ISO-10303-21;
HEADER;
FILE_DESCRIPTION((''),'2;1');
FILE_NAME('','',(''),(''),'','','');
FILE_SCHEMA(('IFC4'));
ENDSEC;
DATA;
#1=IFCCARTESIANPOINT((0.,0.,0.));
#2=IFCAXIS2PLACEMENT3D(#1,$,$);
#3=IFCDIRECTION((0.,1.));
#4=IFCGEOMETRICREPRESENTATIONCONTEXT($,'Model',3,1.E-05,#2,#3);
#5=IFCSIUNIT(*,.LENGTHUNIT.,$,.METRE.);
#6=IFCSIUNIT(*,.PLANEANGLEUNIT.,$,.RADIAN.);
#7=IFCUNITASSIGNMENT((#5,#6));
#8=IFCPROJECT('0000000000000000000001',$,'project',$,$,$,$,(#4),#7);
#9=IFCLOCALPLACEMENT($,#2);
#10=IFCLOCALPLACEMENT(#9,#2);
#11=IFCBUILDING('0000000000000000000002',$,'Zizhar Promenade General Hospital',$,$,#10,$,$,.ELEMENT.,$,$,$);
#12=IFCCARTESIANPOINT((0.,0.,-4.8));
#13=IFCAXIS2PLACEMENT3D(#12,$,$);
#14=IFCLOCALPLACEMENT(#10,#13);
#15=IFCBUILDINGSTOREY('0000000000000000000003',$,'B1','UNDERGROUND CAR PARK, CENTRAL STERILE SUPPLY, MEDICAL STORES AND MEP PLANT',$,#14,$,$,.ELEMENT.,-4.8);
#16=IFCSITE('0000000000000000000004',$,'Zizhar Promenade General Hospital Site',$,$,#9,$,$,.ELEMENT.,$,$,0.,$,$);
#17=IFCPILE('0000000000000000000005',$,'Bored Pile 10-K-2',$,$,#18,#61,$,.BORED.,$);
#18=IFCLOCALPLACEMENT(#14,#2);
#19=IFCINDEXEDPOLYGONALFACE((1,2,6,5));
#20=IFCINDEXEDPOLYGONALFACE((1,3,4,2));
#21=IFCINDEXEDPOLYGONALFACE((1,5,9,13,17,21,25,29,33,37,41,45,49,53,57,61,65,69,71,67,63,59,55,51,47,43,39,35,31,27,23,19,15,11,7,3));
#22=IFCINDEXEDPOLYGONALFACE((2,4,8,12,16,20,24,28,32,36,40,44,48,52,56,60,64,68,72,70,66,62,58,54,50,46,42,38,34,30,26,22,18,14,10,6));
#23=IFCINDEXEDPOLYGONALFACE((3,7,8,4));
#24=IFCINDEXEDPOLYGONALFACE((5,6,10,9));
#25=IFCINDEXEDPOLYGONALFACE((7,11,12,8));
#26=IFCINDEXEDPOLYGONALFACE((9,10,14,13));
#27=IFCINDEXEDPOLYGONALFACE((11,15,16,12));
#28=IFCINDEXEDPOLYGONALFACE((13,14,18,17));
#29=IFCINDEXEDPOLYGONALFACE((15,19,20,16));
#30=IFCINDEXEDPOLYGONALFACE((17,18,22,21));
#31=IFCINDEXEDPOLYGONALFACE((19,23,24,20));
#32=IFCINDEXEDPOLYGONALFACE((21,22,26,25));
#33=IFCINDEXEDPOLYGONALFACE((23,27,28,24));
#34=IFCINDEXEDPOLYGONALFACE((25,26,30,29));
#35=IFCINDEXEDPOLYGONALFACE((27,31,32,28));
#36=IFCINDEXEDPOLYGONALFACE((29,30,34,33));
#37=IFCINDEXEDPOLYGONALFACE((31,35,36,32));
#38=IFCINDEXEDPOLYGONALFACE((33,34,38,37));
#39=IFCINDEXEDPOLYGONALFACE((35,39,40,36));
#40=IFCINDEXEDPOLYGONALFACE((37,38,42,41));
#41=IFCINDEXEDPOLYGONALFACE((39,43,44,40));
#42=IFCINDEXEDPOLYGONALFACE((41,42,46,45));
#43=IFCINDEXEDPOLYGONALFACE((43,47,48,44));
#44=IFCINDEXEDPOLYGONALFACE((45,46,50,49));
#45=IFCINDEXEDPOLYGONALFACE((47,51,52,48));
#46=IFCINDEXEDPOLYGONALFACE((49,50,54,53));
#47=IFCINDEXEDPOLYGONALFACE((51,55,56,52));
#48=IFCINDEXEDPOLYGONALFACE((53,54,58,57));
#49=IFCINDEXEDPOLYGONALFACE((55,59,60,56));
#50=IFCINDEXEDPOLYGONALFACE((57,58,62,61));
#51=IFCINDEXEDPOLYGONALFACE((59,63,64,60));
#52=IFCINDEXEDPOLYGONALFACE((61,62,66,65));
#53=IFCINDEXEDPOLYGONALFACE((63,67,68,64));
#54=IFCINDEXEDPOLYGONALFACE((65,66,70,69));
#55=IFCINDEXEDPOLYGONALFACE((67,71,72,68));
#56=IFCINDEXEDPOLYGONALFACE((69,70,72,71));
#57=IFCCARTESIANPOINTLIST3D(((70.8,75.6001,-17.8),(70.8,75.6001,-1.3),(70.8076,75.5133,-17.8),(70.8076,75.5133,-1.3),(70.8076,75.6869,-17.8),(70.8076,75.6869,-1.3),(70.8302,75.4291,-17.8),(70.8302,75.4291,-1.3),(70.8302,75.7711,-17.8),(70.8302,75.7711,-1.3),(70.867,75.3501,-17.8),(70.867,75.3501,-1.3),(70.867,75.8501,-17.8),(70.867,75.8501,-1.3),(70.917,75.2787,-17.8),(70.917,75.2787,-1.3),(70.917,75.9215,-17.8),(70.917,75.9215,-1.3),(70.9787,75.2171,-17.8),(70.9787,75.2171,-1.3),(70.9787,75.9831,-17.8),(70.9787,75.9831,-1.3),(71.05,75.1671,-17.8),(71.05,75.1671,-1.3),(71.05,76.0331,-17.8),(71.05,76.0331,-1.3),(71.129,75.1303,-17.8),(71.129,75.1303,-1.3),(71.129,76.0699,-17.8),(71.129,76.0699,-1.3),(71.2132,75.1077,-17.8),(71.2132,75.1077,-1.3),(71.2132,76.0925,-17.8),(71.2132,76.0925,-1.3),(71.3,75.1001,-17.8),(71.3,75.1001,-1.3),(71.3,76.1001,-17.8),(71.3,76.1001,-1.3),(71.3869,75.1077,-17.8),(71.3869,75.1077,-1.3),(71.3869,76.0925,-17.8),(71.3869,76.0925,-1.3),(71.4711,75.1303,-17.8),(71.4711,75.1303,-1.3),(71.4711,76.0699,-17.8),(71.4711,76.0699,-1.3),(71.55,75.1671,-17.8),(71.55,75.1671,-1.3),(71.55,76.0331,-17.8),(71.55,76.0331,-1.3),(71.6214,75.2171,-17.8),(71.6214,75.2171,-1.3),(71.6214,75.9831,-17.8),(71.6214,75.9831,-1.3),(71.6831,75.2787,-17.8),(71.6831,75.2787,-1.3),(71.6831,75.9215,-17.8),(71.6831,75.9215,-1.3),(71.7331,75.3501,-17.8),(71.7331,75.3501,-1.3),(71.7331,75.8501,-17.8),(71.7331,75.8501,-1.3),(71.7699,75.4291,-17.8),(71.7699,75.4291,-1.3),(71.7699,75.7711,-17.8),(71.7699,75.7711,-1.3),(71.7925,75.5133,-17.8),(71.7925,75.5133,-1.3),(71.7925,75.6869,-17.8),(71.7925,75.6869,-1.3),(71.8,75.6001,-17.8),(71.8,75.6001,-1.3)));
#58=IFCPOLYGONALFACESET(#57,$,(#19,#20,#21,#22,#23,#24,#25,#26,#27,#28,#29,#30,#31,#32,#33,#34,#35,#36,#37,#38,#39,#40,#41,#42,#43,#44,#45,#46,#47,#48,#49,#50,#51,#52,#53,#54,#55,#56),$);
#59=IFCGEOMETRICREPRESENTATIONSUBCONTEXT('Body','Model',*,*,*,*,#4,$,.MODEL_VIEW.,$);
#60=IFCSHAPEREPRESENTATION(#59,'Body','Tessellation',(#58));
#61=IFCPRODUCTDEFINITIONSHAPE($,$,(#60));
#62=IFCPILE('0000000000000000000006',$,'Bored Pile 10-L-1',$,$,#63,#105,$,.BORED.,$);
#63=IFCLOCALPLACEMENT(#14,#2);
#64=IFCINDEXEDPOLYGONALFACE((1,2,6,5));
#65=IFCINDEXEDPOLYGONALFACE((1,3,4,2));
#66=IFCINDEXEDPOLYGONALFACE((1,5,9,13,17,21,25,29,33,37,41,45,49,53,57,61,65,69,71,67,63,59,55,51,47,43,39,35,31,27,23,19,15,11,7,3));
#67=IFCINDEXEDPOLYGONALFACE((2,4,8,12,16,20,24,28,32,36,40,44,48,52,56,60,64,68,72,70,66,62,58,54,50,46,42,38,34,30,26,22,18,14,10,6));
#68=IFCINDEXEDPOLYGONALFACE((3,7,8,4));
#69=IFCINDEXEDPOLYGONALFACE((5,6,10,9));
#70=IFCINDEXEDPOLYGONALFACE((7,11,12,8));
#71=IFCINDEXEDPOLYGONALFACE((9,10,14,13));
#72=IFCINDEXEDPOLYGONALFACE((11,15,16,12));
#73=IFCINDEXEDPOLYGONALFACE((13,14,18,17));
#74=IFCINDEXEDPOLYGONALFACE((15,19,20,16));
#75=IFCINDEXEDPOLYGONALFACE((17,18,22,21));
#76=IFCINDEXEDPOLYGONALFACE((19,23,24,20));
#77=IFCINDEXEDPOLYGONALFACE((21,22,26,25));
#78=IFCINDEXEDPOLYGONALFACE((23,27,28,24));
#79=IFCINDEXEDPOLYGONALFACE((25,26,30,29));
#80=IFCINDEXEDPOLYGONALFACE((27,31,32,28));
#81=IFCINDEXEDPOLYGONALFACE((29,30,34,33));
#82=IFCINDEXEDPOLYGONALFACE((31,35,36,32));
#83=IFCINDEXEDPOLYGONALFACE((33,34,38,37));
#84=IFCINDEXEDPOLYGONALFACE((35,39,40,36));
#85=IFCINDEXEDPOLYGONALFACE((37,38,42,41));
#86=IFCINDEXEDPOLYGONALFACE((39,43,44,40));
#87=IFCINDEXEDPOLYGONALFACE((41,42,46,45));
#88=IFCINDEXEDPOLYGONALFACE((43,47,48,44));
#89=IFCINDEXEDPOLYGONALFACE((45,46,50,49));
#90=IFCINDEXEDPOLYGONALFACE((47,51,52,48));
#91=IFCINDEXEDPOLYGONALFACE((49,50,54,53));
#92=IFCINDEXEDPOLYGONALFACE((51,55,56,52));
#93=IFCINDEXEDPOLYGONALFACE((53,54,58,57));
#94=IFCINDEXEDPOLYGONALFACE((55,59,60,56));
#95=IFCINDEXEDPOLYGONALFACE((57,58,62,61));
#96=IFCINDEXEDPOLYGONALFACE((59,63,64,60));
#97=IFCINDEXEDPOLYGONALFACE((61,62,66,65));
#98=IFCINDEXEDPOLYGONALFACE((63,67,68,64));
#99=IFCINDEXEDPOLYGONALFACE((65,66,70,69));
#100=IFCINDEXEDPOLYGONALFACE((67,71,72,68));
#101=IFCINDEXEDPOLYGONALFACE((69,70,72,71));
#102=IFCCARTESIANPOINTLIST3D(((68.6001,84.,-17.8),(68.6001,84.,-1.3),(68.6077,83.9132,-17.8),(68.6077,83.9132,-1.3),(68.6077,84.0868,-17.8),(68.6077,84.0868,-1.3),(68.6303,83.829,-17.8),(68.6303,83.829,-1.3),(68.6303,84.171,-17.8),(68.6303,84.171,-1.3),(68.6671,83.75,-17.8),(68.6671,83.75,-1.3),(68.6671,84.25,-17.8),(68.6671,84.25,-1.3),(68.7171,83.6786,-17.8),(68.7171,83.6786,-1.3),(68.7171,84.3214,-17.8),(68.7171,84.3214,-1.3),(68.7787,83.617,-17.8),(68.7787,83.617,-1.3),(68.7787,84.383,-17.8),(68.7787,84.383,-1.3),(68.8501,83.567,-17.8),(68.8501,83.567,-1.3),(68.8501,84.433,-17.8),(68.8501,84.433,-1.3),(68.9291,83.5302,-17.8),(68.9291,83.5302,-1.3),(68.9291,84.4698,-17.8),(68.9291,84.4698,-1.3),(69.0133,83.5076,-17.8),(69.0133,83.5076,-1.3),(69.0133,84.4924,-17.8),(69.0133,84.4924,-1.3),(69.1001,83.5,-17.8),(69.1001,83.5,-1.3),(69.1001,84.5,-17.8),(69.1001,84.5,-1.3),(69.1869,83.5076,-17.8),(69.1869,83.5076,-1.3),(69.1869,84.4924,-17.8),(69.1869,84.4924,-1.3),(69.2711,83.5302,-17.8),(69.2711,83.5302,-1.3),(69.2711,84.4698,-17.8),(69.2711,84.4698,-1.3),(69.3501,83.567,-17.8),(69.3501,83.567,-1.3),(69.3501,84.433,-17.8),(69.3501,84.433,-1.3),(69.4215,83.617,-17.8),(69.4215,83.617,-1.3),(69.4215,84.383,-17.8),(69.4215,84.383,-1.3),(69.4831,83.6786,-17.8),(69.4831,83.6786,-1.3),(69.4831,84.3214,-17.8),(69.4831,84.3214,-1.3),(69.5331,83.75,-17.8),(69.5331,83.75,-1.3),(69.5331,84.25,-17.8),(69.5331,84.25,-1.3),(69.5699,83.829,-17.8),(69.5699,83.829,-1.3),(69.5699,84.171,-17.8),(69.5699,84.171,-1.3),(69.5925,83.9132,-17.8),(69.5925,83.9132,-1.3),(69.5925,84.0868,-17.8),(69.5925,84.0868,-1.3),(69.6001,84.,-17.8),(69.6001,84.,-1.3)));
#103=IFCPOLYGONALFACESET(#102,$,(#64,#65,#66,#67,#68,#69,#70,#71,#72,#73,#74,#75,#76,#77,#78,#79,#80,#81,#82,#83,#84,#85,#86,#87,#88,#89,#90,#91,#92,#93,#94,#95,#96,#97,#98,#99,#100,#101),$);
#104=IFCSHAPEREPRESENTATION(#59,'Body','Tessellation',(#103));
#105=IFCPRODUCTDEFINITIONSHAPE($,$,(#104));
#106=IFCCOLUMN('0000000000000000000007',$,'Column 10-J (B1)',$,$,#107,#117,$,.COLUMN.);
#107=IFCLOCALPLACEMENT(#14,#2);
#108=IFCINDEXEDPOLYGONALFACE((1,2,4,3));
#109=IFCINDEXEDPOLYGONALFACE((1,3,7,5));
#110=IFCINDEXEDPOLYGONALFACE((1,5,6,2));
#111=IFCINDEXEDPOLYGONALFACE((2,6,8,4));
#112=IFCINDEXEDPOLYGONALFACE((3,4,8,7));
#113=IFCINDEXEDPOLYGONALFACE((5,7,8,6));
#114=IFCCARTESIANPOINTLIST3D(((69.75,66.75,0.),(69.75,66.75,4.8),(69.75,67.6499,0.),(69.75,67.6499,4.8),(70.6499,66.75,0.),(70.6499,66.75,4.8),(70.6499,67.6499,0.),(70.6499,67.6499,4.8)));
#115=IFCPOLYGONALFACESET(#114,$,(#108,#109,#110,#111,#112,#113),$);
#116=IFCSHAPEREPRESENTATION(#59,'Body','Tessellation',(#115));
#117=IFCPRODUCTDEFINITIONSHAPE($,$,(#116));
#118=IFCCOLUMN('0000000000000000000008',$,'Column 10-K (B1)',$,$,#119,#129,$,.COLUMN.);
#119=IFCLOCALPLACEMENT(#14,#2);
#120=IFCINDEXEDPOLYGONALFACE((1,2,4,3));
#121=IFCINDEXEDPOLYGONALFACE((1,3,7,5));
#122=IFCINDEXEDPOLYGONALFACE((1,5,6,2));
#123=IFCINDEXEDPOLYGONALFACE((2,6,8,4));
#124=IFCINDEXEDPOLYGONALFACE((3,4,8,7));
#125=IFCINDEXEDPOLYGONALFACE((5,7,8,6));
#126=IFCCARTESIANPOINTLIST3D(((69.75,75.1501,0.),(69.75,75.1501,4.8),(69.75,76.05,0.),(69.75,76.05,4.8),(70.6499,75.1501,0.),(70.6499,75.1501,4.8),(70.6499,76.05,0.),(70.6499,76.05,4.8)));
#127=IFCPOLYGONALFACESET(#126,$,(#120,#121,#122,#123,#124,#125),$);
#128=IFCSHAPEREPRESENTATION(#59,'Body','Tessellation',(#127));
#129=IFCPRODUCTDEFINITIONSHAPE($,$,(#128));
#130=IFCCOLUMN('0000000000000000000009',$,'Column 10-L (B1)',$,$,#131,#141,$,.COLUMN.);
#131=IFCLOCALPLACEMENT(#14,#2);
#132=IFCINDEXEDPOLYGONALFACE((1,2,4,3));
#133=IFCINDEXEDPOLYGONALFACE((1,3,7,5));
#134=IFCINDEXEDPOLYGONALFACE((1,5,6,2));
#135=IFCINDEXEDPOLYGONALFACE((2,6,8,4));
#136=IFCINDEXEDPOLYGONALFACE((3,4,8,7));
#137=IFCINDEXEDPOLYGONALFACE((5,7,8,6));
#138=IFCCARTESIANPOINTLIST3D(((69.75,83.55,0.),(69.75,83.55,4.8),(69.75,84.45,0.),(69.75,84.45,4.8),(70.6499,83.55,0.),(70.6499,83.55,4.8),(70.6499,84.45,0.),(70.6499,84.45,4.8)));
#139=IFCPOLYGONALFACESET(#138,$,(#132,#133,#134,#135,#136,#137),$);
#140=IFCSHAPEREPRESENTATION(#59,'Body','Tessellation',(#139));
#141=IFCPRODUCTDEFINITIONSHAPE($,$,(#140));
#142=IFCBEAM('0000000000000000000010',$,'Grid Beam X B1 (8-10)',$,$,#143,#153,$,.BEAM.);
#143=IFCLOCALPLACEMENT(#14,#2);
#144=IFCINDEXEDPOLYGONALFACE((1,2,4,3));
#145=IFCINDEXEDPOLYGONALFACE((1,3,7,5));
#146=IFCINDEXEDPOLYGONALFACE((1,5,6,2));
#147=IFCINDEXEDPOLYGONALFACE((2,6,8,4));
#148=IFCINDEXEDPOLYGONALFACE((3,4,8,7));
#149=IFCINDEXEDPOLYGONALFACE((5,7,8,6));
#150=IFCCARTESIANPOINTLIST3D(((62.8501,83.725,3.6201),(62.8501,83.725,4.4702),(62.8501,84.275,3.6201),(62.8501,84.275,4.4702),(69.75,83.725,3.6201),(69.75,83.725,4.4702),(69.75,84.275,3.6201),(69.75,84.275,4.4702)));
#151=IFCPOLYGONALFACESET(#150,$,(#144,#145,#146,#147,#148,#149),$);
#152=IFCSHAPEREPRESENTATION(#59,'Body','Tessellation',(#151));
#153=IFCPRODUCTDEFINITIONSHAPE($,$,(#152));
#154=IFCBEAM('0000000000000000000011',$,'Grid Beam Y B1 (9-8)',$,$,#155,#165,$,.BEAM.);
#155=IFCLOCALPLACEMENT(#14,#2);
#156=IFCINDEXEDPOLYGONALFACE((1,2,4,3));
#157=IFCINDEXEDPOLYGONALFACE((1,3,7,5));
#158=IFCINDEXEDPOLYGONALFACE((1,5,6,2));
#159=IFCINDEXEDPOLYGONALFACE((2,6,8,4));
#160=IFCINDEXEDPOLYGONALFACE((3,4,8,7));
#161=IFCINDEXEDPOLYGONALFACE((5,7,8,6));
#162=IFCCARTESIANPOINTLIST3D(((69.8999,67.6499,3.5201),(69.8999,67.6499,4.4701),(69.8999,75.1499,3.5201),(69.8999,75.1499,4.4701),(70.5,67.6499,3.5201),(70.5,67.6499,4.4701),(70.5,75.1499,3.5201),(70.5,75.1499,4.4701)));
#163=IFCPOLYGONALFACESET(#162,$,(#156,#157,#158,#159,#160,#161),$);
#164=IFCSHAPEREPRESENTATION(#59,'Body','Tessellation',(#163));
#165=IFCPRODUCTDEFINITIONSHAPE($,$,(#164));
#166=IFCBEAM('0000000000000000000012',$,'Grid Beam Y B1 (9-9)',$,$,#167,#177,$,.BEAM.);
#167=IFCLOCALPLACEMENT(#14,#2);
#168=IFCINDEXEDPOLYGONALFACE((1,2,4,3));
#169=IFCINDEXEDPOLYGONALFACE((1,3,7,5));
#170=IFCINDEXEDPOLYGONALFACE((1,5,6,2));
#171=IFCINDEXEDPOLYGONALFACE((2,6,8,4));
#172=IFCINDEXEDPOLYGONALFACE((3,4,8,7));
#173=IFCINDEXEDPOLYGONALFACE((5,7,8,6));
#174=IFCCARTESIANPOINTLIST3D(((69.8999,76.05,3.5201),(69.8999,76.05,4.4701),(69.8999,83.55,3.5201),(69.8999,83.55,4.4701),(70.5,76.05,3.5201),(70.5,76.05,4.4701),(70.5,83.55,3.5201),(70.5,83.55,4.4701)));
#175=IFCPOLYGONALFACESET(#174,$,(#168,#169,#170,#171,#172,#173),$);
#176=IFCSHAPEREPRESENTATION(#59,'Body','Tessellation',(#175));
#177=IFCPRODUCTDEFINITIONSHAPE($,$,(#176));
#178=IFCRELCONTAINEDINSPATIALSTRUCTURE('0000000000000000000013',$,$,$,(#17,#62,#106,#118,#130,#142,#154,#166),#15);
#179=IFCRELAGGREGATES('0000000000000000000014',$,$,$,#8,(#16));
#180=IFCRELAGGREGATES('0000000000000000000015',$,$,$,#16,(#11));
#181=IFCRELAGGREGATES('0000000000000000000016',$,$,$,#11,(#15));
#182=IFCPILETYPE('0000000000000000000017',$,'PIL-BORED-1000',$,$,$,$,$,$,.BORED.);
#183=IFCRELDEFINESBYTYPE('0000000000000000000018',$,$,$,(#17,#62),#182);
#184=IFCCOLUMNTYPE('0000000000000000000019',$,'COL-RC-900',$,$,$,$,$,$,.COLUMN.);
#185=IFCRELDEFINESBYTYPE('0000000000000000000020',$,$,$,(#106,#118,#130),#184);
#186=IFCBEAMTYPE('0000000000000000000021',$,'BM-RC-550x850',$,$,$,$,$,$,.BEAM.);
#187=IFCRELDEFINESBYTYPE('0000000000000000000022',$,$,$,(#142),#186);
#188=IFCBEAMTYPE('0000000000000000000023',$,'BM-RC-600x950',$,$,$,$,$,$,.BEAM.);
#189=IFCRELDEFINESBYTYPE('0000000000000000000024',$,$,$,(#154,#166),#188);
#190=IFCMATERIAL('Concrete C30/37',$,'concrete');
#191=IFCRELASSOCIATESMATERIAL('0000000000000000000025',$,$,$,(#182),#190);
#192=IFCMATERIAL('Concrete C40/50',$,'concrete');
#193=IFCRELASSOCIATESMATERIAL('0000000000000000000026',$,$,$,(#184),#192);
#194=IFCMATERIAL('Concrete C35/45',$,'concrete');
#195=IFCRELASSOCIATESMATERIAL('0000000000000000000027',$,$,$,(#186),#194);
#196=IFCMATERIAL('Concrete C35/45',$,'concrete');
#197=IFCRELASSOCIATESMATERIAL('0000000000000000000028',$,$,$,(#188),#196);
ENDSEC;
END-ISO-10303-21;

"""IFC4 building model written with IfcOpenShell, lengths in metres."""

from ifc_helpers import new_model, si_unit, direction, frame, origin, origin_2d, place, context, subcontext, project, spatial, rectangle, circle, extrude, material, material_profile, profile_set, type_object, element, save


model = new_model("IFC4")

# Units and contexts
model_context = context("Model", 3, precision=1e-05, world=origin(), true_north=direction((0.0, 1.0)))
body_context = subcontext(model_context, "Body", "Model", "MODEL_VIEW")
ifc_project = project(units=[si_unit("LENGTHUNIT", "METRE"), si_unit("PLANEANGLEUNIT", "RADIAN")], contexts=[model_context])

# Site, building, storey
site_placement = place(None, origin())
site = spatial("IfcSite", under=ifc_project, at=site_placement, Name="Zizhar Promenade General Hospital Site", CompositionType="ELEMENT", RefElevation=0.0)
building_placement = place(site_placement, origin())
building = spatial("IfcBuilding", under=site, at=building_placement, Name="Zizhar Promenade General Hospital", CompositionType="ELEMENT")
storey_placement = place(building_placement, frame((0.0, 0.0, -4.8)))
storey = spatial("IfcBuildingStorey", under=building, at=storey_placement, Name="B1", Description="UNDERGROUND CAR PARK, CENTRAL STERILE SUPPLY, MEDICAL STORES AND MEP PLANT", CompositionType="ELEMENT", Elevation=-4.8)

# Piles
ifc_material_1 = material(Name="Concrete C30/37", Category="concrete")
ifc_material_profile_1 = material_profile(ifc_material_1, circle(Radius=0.5, at=origin_2d()))
ifc_profile_set_1 = profile_set([ifc_material_profile_1], Name="Concrete C30/37")
pile_type = type_object("IfcPileType", Name="PIL-BORED-1000", PredefinedType="BORED", material=ifc_profile_set_1)
for number, where, z_axis, x_axis, name in (
    (1, (71.3, 75.6001, -1.3), (0.0, 0.0, -1.0), (1.0, 0.0, 0.0), "Bored Pile 10-K-2"),
    (2, (69.1001, 84.0, -1.3), (0.0, 0.0, -1.0), (1.0, 0.0, 0.0), "Bored Pile 10-L-1"),
):
    element("IfcPile", number, at=place(storey_placement, frame(where, z_axis=z_axis, x_axis=x_axis)), inside=storey, type_object=pile_type, Name=name, PredefinedType="BORED", context=body_context, shape_type="SweptSolid", body=[
        extrude(circle(Radius=0.5, at=origin_2d()), origin(), (0.0, 0.0, 1.0), 16.5),
    ])

# Columns
ifc_material_2 = material(Name="Concrete C40/50", Category="concrete")
ifc_material_profile_2 = material_profile(ifc_material_2, rectangle(XDim=0.8999, YDim=0.8999, at=origin_2d()))
ifc_profile_set_2 = profile_set([ifc_material_profile_2], Name="Concrete C40/50")
column_type = type_object("IfcColumnType", Name="COL-RC-900", PredefinedType="COLUMN", material=ifc_profile_set_2)
for number, where, z_axis, x_axis, name in (
    (3, (70.2, 67.2, 0.0), (0.0, 0.0, 1.0), (1.0, 0.0, 0.0), "Column 10-J (B1)"),
    (4, (70.2, 75.6001, 0.0), (0.0, 0.0, 1.0), (1.0, 0.0, 0.0), "Column 10-K (B1)"),
    (5, (70.2, 84.0, 0.0), (0.0, 0.0, 1.0), (1.0, 0.0, 0.0), "Column 10-L (B1)"),
):
    element("IfcColumn", number, at=place(storey_placement, frame(where, z_axis=z_axis, x_axis=x_axis)), inside=storey, type_object=column_type, Name=name, PredefinedType="COLUMN", context=body_context, shape_type="SweptSolid", body=[
        extrude(rectangle(XDim=0.8999, YDim=0.8999, at=origin_2d()), origin(), (0.0, 0.0, 1.0), 4.8),
    ])

# Beams
ifc_material_3 = material(Name="Concrete C35/45", Category="concrete")
ifc_material_profile_3 = material_profile(ifc_material_3, rectangle(XDim=0.55, YDim=0.8501, at=origin_2d()))
ifc_profile_set_3 = profile_set([ifc_material_profile_3], Name="Concrete C35/45")
beam_type_1 = type_object("IfcBeamType", Name="BM-RC-550x850", PredefinedType="BEAM", material=ifc_profile_set_3)
beam_placement = place(storey_placement, frame((62.8501, 84.0, 4.0452), z_axis=(1.0, 0.0, 0.0), x_axis=(0.0, 1.0, 0.0)))
element("IfcBeam", 6, at=beam_placement, inside=storey, type_object=beam_type_1, Name="Grid Beam X B1 (8-10)", PredefinedType="BEAM", context=body_context, shape_type="SweptSolid", body=[
    extrude(rectangle(XDim=0.55, YDim=0.8501, at=origin_2d()), origin(), (0.0, 0.0, 1.0), 6.8999),
])
ifc_material_4 = material(Name="Concrete C35/45", Category="concrete")
ifc_material_profile_4 = material_profile(ifc_material_4, rectangle(XDim=0.6001, YDim=0.95, at=origin_2d()))
ifc_profile_set_4 = profile_set([ifc_material_profile_4], Name="Concrete C35/45")
beam_type_2 = type_object("IfcBeamType", Name="BM-RC-600x950", PredefinedType="BEAM", material=ifc_profile_set_4)
for number, where, z_axis, x_axis, name in (
    (7, (70.2, 67.6499, 3.9951), (0.0, 1.0, 0.0), (-1.0, 0.0, 0.0), "Grid Beam Y B1 (9-8)"),
    (8, (70.2, 76.05, 3.9951), (0.0, 1.0, 0.0), (-1.0, 0.0, 0.0), "Grid Beam Y B1 (9-9)"),
):
    element("IfcBeam", number, at=place(storey_placement, frame(where, z_axis=z_axis, x_axis=x_axis)), inside=storey, type_object=beam_type_2, Name=name, PredefinedType="BEAM", context=body_context, shape_type="SweptSolid", body=[
        extrude(rectangle(XDim=0.6001, YDim=0.95, at=origin_2d()), origin(), (0.0, 0.0, 1.0), 7.5),
    ])

save(model, "model.ifc")
